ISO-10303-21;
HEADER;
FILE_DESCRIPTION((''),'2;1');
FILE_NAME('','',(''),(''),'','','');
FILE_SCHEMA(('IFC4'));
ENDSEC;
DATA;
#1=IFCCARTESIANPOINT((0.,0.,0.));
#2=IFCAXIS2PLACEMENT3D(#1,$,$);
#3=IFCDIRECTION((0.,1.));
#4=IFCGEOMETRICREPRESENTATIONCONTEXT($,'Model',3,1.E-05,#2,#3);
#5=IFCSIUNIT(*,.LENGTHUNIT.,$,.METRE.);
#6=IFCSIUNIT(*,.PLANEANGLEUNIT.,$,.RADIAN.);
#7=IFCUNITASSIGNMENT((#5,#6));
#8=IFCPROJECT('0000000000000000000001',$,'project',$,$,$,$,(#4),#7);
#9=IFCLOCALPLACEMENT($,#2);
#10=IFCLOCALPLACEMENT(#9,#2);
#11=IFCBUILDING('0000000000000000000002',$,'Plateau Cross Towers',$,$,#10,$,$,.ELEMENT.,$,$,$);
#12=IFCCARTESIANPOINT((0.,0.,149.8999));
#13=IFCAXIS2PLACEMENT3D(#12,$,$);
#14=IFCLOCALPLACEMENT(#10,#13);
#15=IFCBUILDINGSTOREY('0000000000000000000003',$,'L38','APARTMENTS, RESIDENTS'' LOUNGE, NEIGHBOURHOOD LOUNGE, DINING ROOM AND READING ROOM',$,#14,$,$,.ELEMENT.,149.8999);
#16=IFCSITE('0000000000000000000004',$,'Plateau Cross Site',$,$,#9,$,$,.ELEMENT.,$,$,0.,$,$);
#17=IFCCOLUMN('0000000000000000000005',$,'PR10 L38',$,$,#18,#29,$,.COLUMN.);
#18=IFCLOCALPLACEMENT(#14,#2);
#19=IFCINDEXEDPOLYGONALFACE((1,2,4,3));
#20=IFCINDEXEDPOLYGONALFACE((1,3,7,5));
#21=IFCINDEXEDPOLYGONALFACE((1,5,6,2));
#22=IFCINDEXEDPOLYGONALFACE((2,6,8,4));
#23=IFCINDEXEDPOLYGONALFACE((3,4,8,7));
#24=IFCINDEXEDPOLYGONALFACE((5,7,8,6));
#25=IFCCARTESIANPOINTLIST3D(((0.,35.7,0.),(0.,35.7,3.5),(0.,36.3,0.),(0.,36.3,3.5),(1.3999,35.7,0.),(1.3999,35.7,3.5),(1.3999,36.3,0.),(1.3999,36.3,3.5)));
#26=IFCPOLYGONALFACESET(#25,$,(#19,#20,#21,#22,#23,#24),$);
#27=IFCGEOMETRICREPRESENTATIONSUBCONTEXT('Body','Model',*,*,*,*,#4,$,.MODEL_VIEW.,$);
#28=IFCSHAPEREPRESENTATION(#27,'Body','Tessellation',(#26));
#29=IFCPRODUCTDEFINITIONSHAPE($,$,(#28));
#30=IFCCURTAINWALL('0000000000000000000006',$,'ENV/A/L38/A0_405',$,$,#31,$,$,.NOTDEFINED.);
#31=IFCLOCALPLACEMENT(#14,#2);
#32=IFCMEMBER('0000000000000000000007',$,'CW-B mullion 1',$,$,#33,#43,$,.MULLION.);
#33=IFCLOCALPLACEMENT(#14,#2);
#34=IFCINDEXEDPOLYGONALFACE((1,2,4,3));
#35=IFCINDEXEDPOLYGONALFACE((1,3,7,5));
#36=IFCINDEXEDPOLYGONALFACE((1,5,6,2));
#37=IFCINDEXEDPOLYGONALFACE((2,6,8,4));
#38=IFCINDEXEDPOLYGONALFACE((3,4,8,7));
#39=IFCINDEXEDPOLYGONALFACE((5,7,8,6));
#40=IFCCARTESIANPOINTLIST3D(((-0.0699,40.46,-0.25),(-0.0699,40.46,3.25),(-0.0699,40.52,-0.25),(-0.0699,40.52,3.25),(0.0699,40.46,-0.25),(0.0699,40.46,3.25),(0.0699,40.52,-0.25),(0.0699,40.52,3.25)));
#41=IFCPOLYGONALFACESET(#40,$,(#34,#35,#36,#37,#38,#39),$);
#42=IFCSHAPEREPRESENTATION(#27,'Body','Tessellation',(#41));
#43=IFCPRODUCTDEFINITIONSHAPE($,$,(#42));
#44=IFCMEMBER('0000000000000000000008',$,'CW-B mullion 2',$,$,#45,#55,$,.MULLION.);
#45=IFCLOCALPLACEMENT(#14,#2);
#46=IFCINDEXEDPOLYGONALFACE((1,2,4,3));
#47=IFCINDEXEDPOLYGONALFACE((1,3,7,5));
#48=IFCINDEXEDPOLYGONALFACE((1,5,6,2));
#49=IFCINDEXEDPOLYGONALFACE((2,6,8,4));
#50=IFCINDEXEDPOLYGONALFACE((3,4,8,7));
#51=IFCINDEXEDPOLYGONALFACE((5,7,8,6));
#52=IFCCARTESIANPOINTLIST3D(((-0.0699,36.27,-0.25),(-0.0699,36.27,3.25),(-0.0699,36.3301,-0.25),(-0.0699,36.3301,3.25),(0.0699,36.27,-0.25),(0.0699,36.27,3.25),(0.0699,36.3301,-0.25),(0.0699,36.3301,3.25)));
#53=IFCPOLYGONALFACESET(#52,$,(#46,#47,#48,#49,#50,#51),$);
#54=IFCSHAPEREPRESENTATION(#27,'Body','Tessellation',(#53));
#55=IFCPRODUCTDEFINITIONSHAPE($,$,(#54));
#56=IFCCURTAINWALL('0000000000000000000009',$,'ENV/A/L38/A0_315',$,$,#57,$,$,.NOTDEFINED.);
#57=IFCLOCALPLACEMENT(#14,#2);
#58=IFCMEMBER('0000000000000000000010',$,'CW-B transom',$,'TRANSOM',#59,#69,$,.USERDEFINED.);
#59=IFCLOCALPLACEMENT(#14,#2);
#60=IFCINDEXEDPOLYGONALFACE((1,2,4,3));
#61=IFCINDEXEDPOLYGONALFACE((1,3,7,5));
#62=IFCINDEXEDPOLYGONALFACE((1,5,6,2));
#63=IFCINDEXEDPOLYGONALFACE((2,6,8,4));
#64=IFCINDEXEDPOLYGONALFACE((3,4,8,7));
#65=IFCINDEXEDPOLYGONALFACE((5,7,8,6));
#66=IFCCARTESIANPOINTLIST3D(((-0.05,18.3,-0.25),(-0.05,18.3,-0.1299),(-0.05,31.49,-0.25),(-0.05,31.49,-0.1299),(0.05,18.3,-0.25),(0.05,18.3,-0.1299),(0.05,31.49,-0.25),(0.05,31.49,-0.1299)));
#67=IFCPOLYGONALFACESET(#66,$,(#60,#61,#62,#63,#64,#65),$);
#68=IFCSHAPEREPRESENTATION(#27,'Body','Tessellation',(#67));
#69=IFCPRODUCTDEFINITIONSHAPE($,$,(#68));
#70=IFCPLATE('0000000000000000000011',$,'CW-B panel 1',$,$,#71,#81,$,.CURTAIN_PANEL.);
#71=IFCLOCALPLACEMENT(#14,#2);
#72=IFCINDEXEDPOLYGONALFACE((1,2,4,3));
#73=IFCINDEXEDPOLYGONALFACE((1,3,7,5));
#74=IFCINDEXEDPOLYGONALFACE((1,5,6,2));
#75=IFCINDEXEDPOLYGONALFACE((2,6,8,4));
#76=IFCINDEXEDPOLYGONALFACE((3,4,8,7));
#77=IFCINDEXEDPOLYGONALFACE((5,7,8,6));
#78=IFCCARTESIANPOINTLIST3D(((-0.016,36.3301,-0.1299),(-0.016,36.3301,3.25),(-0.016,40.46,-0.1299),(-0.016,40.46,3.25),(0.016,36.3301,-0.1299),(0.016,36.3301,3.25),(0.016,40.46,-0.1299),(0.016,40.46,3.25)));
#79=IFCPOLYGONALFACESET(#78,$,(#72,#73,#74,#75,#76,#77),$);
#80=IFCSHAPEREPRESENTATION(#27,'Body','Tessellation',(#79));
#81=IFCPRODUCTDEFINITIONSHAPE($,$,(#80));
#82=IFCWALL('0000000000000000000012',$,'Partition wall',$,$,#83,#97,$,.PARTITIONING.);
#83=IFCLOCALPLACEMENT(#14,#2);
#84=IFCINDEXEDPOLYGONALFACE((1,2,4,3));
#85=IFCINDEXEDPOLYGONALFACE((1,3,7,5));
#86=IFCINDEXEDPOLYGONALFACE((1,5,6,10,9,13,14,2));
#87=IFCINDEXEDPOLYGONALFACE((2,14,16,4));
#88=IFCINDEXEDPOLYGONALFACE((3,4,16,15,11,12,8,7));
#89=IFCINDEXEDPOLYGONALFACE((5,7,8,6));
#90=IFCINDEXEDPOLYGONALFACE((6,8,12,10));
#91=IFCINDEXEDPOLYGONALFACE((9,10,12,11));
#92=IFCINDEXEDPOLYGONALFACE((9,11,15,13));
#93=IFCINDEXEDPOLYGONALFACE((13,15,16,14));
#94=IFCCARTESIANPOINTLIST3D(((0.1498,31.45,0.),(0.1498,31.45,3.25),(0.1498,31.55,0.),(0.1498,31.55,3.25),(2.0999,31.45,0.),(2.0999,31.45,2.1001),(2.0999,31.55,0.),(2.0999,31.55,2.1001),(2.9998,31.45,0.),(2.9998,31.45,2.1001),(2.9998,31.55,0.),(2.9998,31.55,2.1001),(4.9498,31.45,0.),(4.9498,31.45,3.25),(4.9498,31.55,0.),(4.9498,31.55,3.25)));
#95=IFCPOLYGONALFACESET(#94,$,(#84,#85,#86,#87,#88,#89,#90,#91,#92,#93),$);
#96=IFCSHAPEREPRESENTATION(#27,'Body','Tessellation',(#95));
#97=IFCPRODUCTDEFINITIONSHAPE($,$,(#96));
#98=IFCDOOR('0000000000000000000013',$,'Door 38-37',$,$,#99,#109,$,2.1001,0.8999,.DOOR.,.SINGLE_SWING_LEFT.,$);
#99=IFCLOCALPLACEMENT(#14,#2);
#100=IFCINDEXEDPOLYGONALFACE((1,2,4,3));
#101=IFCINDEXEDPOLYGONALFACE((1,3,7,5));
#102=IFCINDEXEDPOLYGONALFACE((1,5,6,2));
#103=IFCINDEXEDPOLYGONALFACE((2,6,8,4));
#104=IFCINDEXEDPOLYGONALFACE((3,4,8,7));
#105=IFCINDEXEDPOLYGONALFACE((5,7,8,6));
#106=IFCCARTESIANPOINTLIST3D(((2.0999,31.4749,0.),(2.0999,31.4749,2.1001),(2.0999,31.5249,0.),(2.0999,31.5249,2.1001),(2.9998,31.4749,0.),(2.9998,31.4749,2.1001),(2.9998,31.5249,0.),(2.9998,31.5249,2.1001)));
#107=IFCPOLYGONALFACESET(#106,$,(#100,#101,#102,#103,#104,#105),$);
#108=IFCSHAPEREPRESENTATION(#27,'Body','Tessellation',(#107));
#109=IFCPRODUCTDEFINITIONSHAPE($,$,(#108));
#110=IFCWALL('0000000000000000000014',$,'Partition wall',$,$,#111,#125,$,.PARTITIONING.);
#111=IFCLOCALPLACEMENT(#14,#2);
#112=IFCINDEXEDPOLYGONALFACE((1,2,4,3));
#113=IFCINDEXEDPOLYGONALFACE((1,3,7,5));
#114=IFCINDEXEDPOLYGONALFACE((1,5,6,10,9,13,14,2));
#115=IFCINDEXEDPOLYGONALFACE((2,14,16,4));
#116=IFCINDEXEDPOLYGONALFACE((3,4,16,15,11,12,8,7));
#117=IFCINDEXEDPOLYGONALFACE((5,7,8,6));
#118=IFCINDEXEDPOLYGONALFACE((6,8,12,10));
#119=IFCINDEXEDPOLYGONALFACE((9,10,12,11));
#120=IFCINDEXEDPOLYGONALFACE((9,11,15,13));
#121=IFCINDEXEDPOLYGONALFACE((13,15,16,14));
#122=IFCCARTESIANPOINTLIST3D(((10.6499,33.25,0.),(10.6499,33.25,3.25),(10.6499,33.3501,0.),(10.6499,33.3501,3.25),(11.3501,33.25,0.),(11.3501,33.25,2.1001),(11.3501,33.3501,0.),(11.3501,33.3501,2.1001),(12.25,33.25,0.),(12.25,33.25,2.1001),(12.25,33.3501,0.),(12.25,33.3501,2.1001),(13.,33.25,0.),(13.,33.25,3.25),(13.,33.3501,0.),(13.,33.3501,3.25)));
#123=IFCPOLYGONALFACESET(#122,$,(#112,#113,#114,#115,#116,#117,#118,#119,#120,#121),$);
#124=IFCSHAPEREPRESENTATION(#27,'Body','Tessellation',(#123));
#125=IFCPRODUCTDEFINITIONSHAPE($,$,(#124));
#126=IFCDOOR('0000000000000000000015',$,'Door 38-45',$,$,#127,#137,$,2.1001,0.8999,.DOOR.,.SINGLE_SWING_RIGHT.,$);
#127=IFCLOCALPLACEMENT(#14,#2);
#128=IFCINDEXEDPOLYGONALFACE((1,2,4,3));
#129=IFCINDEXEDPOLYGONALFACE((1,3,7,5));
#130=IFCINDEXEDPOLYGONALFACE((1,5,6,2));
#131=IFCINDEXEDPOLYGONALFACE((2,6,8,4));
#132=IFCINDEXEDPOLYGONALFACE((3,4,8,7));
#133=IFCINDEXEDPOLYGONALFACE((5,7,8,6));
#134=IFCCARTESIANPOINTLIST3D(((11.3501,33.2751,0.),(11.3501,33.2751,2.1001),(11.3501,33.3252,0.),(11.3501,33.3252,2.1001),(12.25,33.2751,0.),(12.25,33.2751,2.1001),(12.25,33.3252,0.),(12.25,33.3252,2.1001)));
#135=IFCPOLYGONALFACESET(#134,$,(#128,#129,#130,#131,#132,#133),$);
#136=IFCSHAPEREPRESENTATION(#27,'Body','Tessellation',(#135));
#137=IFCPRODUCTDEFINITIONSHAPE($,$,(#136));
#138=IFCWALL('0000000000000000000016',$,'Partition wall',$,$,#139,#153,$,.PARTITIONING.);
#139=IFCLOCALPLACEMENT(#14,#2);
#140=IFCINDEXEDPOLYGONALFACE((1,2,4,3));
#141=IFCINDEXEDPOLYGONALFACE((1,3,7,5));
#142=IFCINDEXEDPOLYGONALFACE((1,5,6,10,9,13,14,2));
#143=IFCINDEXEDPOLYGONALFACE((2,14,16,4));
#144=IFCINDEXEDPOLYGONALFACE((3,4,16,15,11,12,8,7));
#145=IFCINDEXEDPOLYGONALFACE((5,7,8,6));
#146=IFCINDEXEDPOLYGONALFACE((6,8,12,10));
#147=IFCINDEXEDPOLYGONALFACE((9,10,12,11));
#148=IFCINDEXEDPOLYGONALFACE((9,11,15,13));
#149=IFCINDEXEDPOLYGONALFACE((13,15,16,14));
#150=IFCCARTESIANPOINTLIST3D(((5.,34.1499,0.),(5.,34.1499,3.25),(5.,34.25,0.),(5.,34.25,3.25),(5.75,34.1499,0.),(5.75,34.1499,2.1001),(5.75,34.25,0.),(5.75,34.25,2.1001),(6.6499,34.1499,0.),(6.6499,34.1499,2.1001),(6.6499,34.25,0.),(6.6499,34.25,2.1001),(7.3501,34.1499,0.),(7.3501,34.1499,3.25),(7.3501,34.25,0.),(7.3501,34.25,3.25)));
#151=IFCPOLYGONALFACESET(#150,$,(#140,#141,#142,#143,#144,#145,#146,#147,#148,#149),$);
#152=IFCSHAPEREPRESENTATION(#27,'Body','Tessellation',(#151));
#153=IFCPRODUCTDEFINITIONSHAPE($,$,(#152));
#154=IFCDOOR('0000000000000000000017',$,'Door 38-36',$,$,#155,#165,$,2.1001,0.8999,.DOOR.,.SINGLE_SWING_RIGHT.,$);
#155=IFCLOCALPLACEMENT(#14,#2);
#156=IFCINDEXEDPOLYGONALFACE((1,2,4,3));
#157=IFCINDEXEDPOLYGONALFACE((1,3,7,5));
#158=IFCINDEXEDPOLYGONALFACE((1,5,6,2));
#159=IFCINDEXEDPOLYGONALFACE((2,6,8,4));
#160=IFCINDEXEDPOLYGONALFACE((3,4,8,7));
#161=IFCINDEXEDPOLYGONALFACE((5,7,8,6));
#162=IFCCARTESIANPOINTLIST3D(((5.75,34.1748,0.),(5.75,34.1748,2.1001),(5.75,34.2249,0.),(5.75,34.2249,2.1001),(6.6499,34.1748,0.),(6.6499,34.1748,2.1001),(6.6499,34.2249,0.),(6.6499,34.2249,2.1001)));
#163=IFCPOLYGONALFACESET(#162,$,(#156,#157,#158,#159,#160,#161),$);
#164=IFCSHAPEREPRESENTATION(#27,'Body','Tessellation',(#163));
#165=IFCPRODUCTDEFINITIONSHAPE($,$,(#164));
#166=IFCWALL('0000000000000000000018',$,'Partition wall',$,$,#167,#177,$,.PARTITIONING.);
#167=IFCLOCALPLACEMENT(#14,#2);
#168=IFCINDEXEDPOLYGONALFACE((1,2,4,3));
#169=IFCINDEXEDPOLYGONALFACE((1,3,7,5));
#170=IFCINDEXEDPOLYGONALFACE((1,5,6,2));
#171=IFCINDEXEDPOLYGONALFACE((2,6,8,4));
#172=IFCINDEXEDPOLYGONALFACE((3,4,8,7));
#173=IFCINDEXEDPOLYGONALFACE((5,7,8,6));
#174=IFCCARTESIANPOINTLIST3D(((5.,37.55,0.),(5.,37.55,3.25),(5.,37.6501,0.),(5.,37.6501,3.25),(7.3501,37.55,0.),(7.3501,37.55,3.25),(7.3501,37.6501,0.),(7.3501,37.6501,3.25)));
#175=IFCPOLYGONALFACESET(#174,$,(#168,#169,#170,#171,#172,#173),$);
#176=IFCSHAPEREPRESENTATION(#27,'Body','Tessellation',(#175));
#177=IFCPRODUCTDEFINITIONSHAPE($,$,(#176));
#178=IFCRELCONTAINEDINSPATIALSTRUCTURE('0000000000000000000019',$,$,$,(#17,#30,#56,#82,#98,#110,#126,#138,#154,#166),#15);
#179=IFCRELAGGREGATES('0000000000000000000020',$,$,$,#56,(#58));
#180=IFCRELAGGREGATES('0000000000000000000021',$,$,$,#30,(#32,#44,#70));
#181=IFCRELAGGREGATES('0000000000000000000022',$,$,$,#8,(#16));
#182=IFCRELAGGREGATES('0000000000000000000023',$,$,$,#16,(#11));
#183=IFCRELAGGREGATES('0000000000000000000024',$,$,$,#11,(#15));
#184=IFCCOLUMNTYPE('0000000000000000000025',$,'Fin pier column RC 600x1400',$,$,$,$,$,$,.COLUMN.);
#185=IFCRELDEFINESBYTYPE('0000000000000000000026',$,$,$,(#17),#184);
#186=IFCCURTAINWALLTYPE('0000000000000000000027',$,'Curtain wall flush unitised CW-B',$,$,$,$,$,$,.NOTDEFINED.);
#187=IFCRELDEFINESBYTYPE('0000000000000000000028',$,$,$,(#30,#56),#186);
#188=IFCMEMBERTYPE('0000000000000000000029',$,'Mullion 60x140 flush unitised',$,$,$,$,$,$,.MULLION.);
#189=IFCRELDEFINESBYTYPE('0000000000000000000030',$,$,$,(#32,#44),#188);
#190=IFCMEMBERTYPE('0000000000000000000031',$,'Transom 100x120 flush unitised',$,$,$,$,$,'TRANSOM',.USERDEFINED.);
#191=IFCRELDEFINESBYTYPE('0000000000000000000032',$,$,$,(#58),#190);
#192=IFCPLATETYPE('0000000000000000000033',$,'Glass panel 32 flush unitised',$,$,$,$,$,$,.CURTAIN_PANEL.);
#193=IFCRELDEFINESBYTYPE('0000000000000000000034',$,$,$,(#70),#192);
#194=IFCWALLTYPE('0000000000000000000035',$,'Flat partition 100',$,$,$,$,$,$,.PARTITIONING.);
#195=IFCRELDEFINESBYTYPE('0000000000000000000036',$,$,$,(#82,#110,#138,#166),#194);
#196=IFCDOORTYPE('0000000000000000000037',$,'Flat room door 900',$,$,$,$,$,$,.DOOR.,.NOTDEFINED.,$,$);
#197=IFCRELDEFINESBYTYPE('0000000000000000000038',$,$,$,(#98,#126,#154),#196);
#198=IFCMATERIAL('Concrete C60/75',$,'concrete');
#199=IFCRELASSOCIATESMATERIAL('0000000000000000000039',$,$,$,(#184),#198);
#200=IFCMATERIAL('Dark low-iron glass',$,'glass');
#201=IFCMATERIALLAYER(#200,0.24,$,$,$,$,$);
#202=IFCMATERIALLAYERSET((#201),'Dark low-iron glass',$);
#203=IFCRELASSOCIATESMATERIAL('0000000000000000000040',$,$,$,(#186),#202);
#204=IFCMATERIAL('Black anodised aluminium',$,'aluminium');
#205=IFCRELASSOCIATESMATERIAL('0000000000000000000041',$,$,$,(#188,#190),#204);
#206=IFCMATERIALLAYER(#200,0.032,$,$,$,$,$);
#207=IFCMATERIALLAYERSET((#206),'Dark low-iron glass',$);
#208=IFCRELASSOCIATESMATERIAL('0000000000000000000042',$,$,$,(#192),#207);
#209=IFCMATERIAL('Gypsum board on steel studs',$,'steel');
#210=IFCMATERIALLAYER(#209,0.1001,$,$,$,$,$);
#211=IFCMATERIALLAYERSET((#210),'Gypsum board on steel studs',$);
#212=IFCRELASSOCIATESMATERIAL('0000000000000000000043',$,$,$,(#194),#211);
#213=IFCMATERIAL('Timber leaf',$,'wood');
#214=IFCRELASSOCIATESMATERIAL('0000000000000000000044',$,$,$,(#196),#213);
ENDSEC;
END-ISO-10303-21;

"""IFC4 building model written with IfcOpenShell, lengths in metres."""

from ifc_helpers import new_model, si_unit, direction, frame, frame_2d, origin, origin_2d, place, context, subcontext, project, spatial, rectangle, extrude, material, layer, layer_set, material_profile, profile_set, type_object, element, fill, aggregate, save


model = new_model("IFC4")

# Units and contexts
model_context = context("Model", 3, precision=1e-05, world=origin(), true_north=direction((0.0, 1.0)))
body_context = subcontext(model_context, "Body", "Model", "MODEL_VIEW")
ifc_project = project(units=[si_unit("LENGTHUNIT", "METRE"), si_unit("PLANEANGLEUNIT", "RADIAN")], contexts=[model_context])

# Site, building, storey
site_placement = place(None, origin())
site = spatial("IfcSite", under=ifc_project, at=site_placement, Name="Plateau Cross Site", CompositionType="ELEMENT", RefElevation=0.0)
building_placement = place(site_placement, origin())
building = spatial("IfcBuilding", under=site, at=building_placement, Name="Plateau Cross Towers", CompositionType="ELEMENT")
storey_placement = place(building_placement, frame((0.0, 0.0, 149.8999)))
storey = spatial("IfcBuildingStorey", under=building, at=storey_placement, Name="L38", Description="APARTMENTS, RESIDENTS' LOUNGE, NEIGHBOURHOOD LOUNGE, DINING ROOM AND READING ROOM", CompositionType="ELEMENT", Elevation=149.8999)

# Column
ifc_material_1 = material(Name="Concrete C60/75", Category="concrete")
ifc_material_profile_1 = material_profile(ifc_material_1, rectangle(XDim=0.6001, YDim=1.3999, at=origin_2d()), Name="RC 600x1400")
ifc_profile_set_1 = profile_set([ifc_material_profile_1], Name="Concrete C60/75")
column_type = type_object("IfcColumnType", Name="Fin pier column RC 600x1400", PredefinedType="COLUMN", material=ifc_profile_set_1)
column_placement = place(storey_placement, frame((0.7, 36.0, 0.0), z_axis=(0.0, 0.0, 1.0), x_axis=(0.0, 1.0, 0.0)))
element("IfcColumn", 1, at=column_placement, inside=storey, type_object=column_type, Name="PR10 L38", PredefinedType="COLUMN", context=body_context, shape_type="SweptSolid", body=[
    extrude(rectangle(XDim=0.6001, YDim=1.3999, at=origin_2d()), origin(), (0.0, 0.0, 1.0), 3.5),
])

# Curtain wall, members
ifc_material_2 = material(Name="Dark low-iron glass", Category="glass")
ifc_layer_1 = layer(ifc_material_2, 0.24)
ifc_layer_set_1 = layer_set([ifc_layer_1], Name="Dark low-iron glass")
curtain_wall_type = type_object("IfcCurtainWallType", Name="Curtain wall flush unitised CW-B", PredefinedType="NOTDEFINED", material=ifc_layer_set_1)
curtain_wall_1_placement = place(storey_placement, origin())
curtain_wall_1 = element("IfcCurtainWall", 2, at=curtain_wall_1_placement, inside=storey, type_object=curtain_wall_type, Name="ENV/A/L38/A0_405", PredefinedType="NOTDEFINED")
ifc_material_3 = material(Name="Black anodised aluminium", Category="aluminium")
ifc_material_profile_2 = material_profile(ifc_material_3, rectangle(XDim=0.0601, YDim=0.1399, at=origin_2d()), Name="MULLION 60x140")
ifc_profile_set_2 = profile_set([ifc_material_profile_2], Name="Black anodised aluminium")
member_type_1 = type_object("IfcMemberType", Name="Mullion 60x140 flush unitised", PredefinedType="MULLION", material=ifc_profile_set_2)
member_1_placement = place(storey_placement, frame((0.0, 40.49, -0.25), z_axis=(0.0, 0.0, 1.0), x_axis=(0.0, -1.0, 0.0)))
member_1 = element("IfcMember", 3, at=member_1_placement, type_object=member_type_1, Name="CW-B mullion 1", PredefinedType="MULLION", context=body_context, shape_type="SweptSolid", body=[
    extrude(rectangle(XDim=0.0601, YDim=0.1399, at=origin_2d()), origin(), (0.0, 0.0, 1.0), 3.5),
])
member_2_placement = place(storey_placement, frame((0.0, 36.3, -0.25), z_axis=(0.0, 0.0, 1.0), x_axis=(0.0, -1.0, 0.0)))
member_2 = element("IfcMember", 4, at=member_2_placement, type_object=member_type_1, Name="CW-B mullion 2", PredefinedType="MULLION", context=body_context, shape_type="SweptSolid", body=[
    extrude(rectangle(XDim=0.0601, YDim=0.1399, at=origin_2d()), origin(), (0.0, 0.0, 1.0), 3.5),
])

# Curtain wall, member
curtain_wall_2_placement = place(storey_placement, origin())
curtain_wall_2 = element("IfcCurtainWall", 5, at=curtain_wall_2_placement, inside=storey, type_object=curtain_wall_type, Name="ENV/A/L38/A0_315", PredefinedType="NOTDEFINED")
ifc_material_profile_3 = material_profile(ifc_material_3, rectangle(XDim=0.1001, YDim=0.1201, at=origin_2d()), Name="TRANSOM 100x120")
ifc_profile_set_3 = profile_set([ifc_material_profile_3], Name="Black anodised aluminium")
member_type_2 = type_object("IfcMemberType", Name="Transom 100x120 flush unitised", ElementType="TRANSOM", PredefinedType="USERDEFINED", material=ifc_profile_set_3)
member_3_placement = place(storey_placement, frame((0.0, 31.49, -0.1899), z_axis=(0.0, -1.0, 0.0), x_axis=(1.0, 0.0, 0.0)))
member_3 = element("IfcMember", 6, at=member_3_placement, type_object=member_type_2, Name="CW-B transom", ObjectType="TRANSOM", PredefinedType="USERDEFINED", context=body_context, shape_type="SweptSolid", body=[
    extrude(rectangle(XDim=0.1001, YDim=0.1201, at=origin_2d()), origin(), (0.0, 0.0, 1.0), 13.1899),
])
aggregate(curtain_wall_2, [member_3])

# Plate
ifc_layer_2 = layer(ifc_material_2, 0.032)
ifc_layer_set_2 = layer_set([ifc_layer_2], Name="Dark low-iron glass")
plate_type = type_object("IfcPlateType", Name="Glass panel 32 flush unitised", PredefinedType="CURTAIN_PANEL", material=ifc_layer_set_2)
plate_placement = place(storey_placement, frame((0.0, 38.395, -0.1299), z_axis=(0.0, 0.0, 1.0), x_axis=(0.0, -1.0, 0.0)))
plate = element("IfcPlate", 7, at=plate_placement, type_object=plate_type, Name="CW-B panel 1", PredefinedType="CURTAIN_PANEL", context=body_context, shape_type="SweptSolid", body=[
    extrude(rectangle(XDim=4.1299, YDim=0.032, at=origin_2d()), origin(), (0.0, 0.0, 1.0), 3.3799),
])
aggregate(curtain_wall_1, [member_1, member_2, plate])

# Walls, openings, doors
ifc_material_4 = material(Name="Gypsum board on steel studs", Category="steel")
ifc_layer_3 = layer(ifc_material_4, 0.1001)
ifc_layer_set_3 = layer_set([ifc_layer_3], Name="Gypsum board on steel studs")
wall_type_1 = type_object("IfcWallType", Name="Flat partition 100", PredefinedType="PARTITIONING", material=ifc_layer_set_3)
wall_1_placement = place(storey_placement, frame((0.1499, 31.5, 0.0), z_axis=(0.0, 0.0, 1.0), x_axis=(1.0, 0.0, 0.0)))
wall_1 = element("IfcWall", 8, at=wall_1_placement, inside=storey, type_object=wall_type_1, Name="Partition wall", PredefinedType="PARTITIONING", context=body_context, shape_type="SweptSolid", body=[
    extrude(rectangle(XDim=4.8, YDim=0.1001, at=frame_2d((2.3999, 0.0))), origin(), (0.0, 0.0, 1.0), 3.25),
])
opening_1_placement = place(wall_1_placement, frame((1.95, 0.0, 0.0)))
opening_1 = element("IfcOpeningElement", 9, at=opening_1_placement, cuts=wall_1, PredefinedType="OPENING", context=body_context, shape_type="SweptSolid", body=[
    extrude(rectangle(XDim=0.8999, YDim=2.1001, at=frame_2d((0.45, 1.05))), frame((0.0, 0.0601, 0.0), z_axis=(0.0, -1.0, 0.0), x_axis=(1.0, 0.0, 0.0)), (0.0, 0.0, 1.0), 0.1201),
])
ifc_material_5 = material(Name="Timber leaf", Category="wood")
door_type_1 = type_object("IfcDoorType", Name="Flat room door 900", OperationType="NOTDEFINED", PredefinedType="DOOR", material=ifc_material_5)
door_1_placement = place(opening_1_placement, origin())
door_1 = element("IfcDoor", 10, at=door_1_placement, inside=storey, type_object=door_type_1, Name="Door 38-37", OperationType="SINGLE_SWING_LEFT", OverallHeight=2.1001, OverallWidth=0.8999, PredefinedType="DOOR", context=body_context, shape_type="SweptSolid", body=[
    extrude(rectangle(XDim=0.8999, YDim=2.1001, at=frame_2d((0.45, 1.05))), frame((0.0, 0.0249, 0.0), z_axis=(0.0, -1.0, 0.0), x_axis=(1.0, 0.0, 0.0)), (0.0, 0.0, 1.0), 0.05),
])
fill(opening_1, door_1)
wall_2_placement = place(storey_placement, frame((13.0, 33.3, 0.0), z_axis=(0.0, 0.0, 1.0), x_axis=(-1.0, 0.0, 0.0)))
wall_2 = element("IfcWall", 11, at=wall_2_placement, inside=storey, type_object=wall_type_1, Name="Partition wall", PredefinedType="PARTITIONING", context=body_context, shape_type="SweptSolid", body=[
    extrude(rectangle(XDim=2.3501, YDim=0.1001, at=frame_2d((1.175, 0.0))), origin(), (0.0, 0.0, 1.0), 3.25),
])
opening_2_placement = place(wall_2_placement, frame((0.75, 0.0, 0.0)))
opening_2 = element("IfcOpeningElement", 12, at=opening_2_placement, cuts=wall_2, PredefinedType="OPENING", context=body_context, shape_type="SweptSolid", body=[
    extrude(rectangle(XDim=0.8999, YDim=2.1001, at=frame_2d((0.45, 1.05))), frame((0.0, 0.0601, 0.0), z_axis=(0.0, -1.0, 0.0), x_axis=(1.0, 0.0, 0.0)), (0.0, 0.0, 1.0), 0.1201),
])
door_2_placement = place(opening_2_placement, origin())
door_2 = element("IfcDoor", 13, at=door_2_placement, inside=storey, type_object=door_type_1, Name="Door 38-45", OperationType="SINGLE_SWING_RIGHT", OverallHeight=2.1001, OverallWidth=0.8999, PredefinedType="DOOR", context=body_context, shape_type="SweptSolid", body=[
    extrude(rectangle(XDim=0.8999, YDim=2.1001, at=frame_2d((0.45, 1.05))), frame((0.0, 0.0249, 0.0), z_axis=(0.0, -1.0, 0.0), x_axis=(1.0, 0.0, 0.0)), (0.0, 0.0, 1.0), 0.05),
])
fill(opening_2, door_2)
wall_3_placement = place(storey_placement, frame((5.0, 34.2, 0.0), z_axis=(0.0, 0.0, 1.0), x_axis=(1.0, 0.0, 0.0)))
wall_3 = element("IfcWall", 14, at=wall_3_placement, inside=storey, type_object=wall_type_1, Name="Partition wall", PredefinedType="PARTITIONING", context=body_context, shape_type="SweptSolid", body=[
    extrude(rectangle(XDim=2.3501, YDim=0.1001, at=frame_2d((1.175, 0.0))), origin(), (0.0, 0.0, 1.0), 3.25),
])
opening_3_placement = place(wall_3_placement, frame((0.75, 0.0, 0.0)))
opening_3 = element("IfcOpeningElement", 15, at=opening_3_placement, cuts=wall_3, PredefinedType="OPENING", context=body_context, shape_type="SweptSolid", body=[
    extrude(rectangle(XDim=0.8999, YDim=2.1001, at=frame_2d((0.45, 1.05))), frame((0.0, 0.0601, 0.0), z_axis=(0.0, -1.0, 0.0), x_axis=(1.0, 0.0, 0.0)), (0.0, 0.0, 1.0), 0.1201),
])
door_3_placement = place(opening_3_placement, origin())
door_3 = element("IfcDoor", 16, at=door_3_placement, inside=storey, type_object=door_type_1, Name="Door 38-36", OperationType="SINGLE_SWING_RIGHT", OverallHeight=2.1001, OverallWidth=0.8999, PredefinedType="DOOR", context=body_context, shape_type="SweptSolid", body=[
    extrude(rectangle(XDim=0.8999, YDim=2.1001, at=frame_2d((0.45, 1.05))), frame((0.0, 0.0249, 0.0), z_axis=(0.0, -1.0, 0.0), x_axis=(1.0, 0.0, 0.0)), (0.0, 0.0, 1.0), 0.05),
])
fill(opening_3, door_3)

# Wall
wall_4_placement = place(storey_placement, frame((7.3501, 37.6001, 0.0), z_axis=(0.0, 0.0, 1.0), x_axis=(-1.0, 0.0, 0.0)))
element("IfcWall", 17, at=wall_4_placement, inside=storey, type_object=wall_type_1, Name="Partition wall", PredefinedType="PARTITIONING", context=body_context, shape_type="SweptSolid", body=[
    extrude(rectangle(XDim=2.3501, YDim=0.1001, at=frame_2d((1.175, 0.0))), origin(), (0.0, 0.0, 1.0), 3.25),
])

save(model, "model.ifc")
